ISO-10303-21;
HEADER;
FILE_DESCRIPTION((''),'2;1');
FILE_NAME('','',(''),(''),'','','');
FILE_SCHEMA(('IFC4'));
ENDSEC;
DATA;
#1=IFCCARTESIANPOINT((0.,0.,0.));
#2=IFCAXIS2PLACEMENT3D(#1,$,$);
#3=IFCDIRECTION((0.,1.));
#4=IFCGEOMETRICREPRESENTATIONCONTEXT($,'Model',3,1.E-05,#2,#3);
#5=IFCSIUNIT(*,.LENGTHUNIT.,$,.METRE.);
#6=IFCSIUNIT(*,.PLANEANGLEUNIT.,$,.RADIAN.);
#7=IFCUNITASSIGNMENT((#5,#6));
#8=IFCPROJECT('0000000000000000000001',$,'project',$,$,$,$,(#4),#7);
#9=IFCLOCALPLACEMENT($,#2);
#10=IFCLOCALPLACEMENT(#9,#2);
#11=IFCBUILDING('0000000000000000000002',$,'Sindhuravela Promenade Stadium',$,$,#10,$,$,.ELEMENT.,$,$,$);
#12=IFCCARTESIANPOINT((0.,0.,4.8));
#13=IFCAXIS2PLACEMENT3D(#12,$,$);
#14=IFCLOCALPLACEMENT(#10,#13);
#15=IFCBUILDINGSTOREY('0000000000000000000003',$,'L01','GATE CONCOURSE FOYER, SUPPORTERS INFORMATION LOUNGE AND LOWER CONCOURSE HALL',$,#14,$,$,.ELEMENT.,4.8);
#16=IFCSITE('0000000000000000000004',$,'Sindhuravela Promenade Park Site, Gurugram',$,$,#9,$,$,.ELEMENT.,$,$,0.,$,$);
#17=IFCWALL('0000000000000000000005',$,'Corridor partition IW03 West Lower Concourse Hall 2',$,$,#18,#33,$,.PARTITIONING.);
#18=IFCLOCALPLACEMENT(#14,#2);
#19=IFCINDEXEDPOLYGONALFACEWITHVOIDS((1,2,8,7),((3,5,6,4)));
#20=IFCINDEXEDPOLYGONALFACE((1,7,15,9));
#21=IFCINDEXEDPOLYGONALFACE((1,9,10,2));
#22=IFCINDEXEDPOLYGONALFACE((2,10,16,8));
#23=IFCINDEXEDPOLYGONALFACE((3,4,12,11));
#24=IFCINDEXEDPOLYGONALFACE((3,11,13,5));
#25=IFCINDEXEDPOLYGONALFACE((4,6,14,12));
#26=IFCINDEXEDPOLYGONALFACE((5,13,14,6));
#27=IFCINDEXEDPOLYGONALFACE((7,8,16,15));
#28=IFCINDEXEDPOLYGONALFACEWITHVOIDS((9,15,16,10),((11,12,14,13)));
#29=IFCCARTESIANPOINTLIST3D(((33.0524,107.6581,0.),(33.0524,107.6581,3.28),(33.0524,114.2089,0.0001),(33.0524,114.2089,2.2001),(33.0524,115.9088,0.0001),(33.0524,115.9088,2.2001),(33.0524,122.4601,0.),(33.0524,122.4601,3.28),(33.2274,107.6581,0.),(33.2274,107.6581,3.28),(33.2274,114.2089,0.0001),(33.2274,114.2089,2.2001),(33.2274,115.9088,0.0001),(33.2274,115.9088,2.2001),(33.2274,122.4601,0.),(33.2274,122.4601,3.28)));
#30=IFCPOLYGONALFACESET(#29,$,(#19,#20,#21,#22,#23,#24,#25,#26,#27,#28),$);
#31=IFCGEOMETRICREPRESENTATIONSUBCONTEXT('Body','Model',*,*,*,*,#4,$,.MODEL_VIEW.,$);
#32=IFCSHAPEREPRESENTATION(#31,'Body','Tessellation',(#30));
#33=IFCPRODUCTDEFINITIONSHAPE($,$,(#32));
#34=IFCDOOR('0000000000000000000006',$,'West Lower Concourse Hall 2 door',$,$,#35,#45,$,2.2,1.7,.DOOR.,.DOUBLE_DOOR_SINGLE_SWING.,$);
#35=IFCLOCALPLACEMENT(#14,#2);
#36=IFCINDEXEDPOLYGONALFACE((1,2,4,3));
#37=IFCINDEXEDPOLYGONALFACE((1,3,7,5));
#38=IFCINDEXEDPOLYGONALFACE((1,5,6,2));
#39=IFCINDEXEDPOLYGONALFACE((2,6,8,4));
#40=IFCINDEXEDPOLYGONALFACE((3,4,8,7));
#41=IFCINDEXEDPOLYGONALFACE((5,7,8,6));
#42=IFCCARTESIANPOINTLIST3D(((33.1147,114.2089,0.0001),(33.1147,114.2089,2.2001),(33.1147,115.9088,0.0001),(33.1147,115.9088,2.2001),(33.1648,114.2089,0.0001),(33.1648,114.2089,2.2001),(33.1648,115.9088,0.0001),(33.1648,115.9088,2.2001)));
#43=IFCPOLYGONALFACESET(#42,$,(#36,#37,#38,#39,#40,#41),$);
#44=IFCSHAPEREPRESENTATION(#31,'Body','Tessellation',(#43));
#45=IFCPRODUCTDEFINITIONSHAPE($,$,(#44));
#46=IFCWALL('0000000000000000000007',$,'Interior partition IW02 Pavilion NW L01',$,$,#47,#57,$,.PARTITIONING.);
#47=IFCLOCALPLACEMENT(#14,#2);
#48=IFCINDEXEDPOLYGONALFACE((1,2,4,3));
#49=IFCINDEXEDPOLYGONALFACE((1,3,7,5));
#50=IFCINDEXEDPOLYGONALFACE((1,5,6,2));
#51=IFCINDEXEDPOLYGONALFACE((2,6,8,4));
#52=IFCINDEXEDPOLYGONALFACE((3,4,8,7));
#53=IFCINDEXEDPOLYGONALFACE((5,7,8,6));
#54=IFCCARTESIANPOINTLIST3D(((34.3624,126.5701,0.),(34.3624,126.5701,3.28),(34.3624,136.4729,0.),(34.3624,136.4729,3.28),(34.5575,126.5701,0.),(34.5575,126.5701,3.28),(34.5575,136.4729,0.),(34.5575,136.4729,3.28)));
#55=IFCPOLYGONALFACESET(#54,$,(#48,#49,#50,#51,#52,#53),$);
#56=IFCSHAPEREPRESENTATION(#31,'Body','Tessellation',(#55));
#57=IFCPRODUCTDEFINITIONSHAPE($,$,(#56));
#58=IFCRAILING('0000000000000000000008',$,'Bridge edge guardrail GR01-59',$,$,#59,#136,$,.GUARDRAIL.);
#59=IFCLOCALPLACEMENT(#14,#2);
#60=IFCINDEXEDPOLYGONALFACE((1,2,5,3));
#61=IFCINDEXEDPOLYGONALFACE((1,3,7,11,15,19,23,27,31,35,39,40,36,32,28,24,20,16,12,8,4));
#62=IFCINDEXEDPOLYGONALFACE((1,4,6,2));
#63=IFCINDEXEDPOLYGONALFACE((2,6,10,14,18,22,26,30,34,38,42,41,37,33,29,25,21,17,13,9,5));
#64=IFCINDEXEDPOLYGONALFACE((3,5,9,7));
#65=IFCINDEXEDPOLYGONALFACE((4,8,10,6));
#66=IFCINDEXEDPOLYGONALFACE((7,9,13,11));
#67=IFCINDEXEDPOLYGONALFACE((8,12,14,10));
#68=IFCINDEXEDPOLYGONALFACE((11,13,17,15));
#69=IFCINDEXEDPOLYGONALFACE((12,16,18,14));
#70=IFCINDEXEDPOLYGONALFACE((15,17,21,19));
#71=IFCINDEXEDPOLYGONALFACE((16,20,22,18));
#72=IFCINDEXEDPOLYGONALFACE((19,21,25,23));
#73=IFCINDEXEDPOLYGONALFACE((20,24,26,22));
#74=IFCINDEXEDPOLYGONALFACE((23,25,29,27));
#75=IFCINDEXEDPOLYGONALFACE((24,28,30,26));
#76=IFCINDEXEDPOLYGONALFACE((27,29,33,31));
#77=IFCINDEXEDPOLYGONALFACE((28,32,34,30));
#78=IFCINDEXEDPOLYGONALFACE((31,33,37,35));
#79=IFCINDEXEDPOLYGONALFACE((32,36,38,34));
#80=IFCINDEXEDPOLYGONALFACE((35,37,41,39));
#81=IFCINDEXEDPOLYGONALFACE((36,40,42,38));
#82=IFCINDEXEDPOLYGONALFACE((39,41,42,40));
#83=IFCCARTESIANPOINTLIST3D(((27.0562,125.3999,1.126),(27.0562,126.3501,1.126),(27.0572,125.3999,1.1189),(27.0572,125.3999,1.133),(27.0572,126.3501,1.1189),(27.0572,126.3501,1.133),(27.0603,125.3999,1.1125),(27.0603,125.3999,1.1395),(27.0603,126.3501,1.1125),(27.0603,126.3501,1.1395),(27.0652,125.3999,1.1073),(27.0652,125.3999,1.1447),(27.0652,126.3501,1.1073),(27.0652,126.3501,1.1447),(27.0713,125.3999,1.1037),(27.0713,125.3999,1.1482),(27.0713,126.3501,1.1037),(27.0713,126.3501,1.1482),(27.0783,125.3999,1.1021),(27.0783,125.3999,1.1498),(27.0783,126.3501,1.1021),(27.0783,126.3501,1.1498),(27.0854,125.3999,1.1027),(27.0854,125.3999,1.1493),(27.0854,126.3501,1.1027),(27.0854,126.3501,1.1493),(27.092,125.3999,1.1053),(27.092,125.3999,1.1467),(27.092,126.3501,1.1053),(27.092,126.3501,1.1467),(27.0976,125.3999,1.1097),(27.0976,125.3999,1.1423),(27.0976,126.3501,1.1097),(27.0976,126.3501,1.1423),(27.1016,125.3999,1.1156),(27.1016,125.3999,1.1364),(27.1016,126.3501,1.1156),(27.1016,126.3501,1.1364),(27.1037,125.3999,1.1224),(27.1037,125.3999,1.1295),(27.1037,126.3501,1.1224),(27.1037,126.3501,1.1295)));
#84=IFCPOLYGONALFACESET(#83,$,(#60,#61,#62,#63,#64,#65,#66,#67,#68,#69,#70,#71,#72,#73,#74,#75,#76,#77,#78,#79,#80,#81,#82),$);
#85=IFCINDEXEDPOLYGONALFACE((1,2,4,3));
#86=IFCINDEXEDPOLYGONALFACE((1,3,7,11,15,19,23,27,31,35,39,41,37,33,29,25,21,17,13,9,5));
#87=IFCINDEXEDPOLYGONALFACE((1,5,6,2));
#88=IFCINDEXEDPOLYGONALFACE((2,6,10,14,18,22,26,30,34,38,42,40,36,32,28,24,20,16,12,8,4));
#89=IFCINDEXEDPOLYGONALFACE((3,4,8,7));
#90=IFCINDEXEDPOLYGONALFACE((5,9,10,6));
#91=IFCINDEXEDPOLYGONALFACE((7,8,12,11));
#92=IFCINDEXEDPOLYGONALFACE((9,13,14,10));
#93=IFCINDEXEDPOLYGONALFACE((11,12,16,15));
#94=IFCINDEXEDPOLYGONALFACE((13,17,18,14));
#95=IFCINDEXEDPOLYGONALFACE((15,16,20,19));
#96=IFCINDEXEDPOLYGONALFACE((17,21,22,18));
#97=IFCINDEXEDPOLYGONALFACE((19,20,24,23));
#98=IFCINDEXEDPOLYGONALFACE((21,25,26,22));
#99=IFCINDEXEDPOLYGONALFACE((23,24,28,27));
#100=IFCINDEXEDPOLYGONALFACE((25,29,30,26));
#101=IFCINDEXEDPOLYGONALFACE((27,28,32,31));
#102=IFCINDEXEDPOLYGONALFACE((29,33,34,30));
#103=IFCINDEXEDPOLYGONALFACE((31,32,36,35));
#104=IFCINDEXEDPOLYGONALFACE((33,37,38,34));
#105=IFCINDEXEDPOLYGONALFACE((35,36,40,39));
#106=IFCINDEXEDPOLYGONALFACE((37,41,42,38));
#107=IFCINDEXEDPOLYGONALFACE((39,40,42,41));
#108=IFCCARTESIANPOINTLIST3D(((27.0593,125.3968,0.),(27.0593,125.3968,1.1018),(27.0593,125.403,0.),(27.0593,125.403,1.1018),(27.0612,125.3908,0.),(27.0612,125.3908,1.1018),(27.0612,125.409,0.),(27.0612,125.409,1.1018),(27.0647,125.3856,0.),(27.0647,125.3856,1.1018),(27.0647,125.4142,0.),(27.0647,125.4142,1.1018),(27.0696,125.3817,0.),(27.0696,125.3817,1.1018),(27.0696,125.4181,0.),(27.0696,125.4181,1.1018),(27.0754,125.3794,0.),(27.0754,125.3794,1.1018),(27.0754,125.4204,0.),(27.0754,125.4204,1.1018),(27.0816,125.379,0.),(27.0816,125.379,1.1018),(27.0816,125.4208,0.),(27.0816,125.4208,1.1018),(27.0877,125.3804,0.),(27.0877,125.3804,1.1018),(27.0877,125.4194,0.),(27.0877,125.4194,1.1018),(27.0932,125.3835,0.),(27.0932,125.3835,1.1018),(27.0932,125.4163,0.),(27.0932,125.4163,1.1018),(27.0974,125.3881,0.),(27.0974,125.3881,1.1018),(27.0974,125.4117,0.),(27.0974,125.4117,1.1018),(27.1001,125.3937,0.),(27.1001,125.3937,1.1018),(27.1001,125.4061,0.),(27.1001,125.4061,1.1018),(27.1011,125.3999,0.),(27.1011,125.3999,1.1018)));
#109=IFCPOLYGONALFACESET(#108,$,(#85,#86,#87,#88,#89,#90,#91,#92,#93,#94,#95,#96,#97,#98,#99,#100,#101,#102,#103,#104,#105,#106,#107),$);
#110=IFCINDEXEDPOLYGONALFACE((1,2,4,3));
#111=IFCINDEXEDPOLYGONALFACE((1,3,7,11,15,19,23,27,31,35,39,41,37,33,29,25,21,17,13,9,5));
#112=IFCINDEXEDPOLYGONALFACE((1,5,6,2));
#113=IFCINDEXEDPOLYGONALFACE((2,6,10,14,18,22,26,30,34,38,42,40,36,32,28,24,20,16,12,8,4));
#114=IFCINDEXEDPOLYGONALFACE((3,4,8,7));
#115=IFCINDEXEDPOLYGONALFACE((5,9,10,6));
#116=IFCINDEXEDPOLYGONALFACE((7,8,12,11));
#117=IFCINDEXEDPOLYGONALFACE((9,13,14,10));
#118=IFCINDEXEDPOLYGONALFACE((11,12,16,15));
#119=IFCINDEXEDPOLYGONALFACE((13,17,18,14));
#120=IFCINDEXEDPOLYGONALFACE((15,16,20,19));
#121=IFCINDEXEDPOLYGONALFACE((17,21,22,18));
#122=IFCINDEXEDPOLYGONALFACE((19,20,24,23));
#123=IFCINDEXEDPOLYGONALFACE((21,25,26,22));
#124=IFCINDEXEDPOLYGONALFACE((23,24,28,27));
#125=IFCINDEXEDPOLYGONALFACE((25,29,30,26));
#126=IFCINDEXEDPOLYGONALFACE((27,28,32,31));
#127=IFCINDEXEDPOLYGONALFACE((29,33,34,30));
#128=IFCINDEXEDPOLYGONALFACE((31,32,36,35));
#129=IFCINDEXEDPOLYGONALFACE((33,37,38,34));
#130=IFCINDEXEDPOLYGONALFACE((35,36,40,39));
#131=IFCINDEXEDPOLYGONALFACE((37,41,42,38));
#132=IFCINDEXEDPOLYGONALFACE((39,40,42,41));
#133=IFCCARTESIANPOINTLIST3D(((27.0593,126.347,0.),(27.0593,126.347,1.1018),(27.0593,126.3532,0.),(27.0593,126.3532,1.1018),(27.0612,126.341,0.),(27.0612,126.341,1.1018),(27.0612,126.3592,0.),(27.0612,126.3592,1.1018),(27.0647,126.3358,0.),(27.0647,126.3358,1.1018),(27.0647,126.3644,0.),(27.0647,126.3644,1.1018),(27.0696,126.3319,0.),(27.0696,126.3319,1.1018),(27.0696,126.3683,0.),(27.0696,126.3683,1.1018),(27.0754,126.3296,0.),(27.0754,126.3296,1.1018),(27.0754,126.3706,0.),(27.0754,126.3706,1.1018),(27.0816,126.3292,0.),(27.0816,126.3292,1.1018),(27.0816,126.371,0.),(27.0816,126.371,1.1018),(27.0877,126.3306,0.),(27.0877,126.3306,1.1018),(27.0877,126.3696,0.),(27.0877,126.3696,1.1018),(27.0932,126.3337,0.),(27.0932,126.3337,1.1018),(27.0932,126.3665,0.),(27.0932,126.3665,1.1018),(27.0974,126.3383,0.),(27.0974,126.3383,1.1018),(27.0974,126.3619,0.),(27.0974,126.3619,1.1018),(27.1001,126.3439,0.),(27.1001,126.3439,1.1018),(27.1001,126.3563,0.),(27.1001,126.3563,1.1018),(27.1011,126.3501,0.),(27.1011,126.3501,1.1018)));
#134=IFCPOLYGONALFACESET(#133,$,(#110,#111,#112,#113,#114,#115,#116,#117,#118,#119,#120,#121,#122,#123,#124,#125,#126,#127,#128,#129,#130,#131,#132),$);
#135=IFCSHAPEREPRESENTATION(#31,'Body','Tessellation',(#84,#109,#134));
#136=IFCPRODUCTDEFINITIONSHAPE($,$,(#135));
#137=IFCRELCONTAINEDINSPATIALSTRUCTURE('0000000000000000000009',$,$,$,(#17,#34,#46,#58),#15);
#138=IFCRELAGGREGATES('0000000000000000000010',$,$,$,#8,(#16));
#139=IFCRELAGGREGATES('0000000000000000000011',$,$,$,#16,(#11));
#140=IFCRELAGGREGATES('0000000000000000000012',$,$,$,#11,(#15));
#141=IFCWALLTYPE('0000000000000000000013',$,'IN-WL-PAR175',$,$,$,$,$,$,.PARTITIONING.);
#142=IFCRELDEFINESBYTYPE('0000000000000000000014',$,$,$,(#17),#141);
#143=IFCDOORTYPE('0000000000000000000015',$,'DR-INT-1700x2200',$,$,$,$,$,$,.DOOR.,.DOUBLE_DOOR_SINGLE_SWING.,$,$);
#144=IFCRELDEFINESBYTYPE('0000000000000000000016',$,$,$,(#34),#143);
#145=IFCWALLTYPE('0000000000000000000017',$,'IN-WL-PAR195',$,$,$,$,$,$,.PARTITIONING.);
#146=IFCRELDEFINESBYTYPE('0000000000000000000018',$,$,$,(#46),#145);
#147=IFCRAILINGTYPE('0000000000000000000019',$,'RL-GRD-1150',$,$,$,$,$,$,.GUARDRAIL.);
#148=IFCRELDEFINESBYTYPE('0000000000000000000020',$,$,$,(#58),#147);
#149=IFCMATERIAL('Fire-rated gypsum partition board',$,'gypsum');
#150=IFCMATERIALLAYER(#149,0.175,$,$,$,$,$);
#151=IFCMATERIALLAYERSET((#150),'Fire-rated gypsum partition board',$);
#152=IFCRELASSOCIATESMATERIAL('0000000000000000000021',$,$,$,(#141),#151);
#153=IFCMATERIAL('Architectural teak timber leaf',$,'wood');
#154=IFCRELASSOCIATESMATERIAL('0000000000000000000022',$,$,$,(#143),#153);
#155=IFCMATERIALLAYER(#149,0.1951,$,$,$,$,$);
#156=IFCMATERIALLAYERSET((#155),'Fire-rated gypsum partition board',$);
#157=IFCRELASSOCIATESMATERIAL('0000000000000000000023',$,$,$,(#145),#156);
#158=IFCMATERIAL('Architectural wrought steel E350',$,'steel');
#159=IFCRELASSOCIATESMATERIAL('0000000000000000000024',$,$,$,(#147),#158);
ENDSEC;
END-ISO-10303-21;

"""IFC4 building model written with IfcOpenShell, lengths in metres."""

from ifc_helpers import new_model, si_unit, direction, frame, frame_2d, origin, origin_2d, place, context, subcontext, project, spatial, rectangle, circle, extrude, material, layer, layer_set, type_object, element, fill, save


model = new_model("IFC4")

# Units and contexts
model_context = context("Model", 3, precision=1e-05, world=origin(), true_north=direction((0.0, 1.0)))
body_context = subcontext(model_context, "Body", "Model", "MODEL_VIEW")
ifc_project = project(units=[si_unit("LENGTHUNIT", "METRE"), si_unit("PLANEANGLEUNIT", "RADIAN")], contexts=[model_context])

# Site, building, storey
site_placement = place(None, origin())
site = spatial("IfcSite", under=ifc_project, at=site_placement, Name="Sindhuravela Promenade Park Site, Gurugram", CompositionType="ELEMENT", RefElevation=0.0)
building_placement = place(site_placement, origin())
building = spatial("IfcBuilding", under=site, at=building_placement, Name="Sindhuravela Promenade Stadium", CompositionType="ELEMENT")
storey_placement = place(building_placement, frame((0.0, 0.0, 4.8)))
storey = spatial("IfcBuildingStorey", under=building, at=storey_placement, Name="L01", Description="GATE CONCOURSE FOYER, SUPPORTERS INFORMATION LOUNGE AND LOWER CONCOURSE HALL", CompositionType="ELEMENT", Elevation=4.8)

# Shared definitions
ifc_material_1 = material(Name="Fire-rated gypsum partition board", Category="gypsum")

# Wall, opening, door
ifc_layer_1 = layer(ifc_material_1, 0.175)
ifc_layer_set_1 = layer_set([ifc_layer_1], Name="Fire-rated gypsum partition board")
wall_type_1 = type_object("IfcWallType", Name="IN-WL-PAR175", PredefinedType="PARTITIONING", material=ifc_layer_set_1)
ifc_material_2 = material(Name="Architectural teak timber leaf", Category="wood")
wall_1_placement = place(storey_placement, frame((33.1399, 122.46, 0.0), z_axis=(0.0, 0.0, 1.0), x_axis=(0.0, -1.0, 0.0)))
wall_1 = element("IfcWall", 1, at=wall_1_placement, inside=storey, type_object=wall_type_1, Name="Corridor partition IW03 West Lower Concourse Hall 2", PredefinedType="PARTITIONING", context=body_context, shape_type="SweptSolid", body=[
    extrude(rectangle(XDim=14.802, YDim=0.175, at=frame_2d((7.4009, 0.0))), origin(), (0.0, 0.0, 1.0), 3.28),
])
opening_1_placement = place(wall_1_placement, frame((6.551, 0.0, 0.0)))
opening_1 = element("IfcOpeningElement", 2, at=opening_1_placement, cuts=wall_1, PredefinedType="OPENING", context=body_context, shape_type="SweptSolid", body=[
    extrude(rectangle(XDim=1.7, YDim=2.2, at=frame_2d((0.8501, 1.1001))), frame((0.0, 0.0974, 0.0), z_axis=(0.0, -1.0, 0.0), x_axis=(1.0, 0.0, 0.0)), (0.0, 0.0, 1.0), 0.1951),
])
door_type_1 = type_object("IfcDoorType", Name="DR-INT-1700x2200", OperationType="DOUBLE_DOOR_SINGLE_SWING", PredefinedType="DOOR", material=ifc_material_2)
door_1_placement = place(opening_1_placement, origin())
door_1 = element("IfcDoor", 3, at=door_1_placement, inside=storey, type_object=door_type_1, Name="West Lower Concourse Hall 2 door", OperationType="DOUBLE_DOOR_SINGLE_SWING", OverallHeight=2.2, OverallWidth=1.7, PredefinedType="DOOR", context=body_context, shape_type="SweptSolid", body=[
    extrude(rectangle(XDim=1.7, YDim=2.2, at=frame_2d((0.8501, 1.1001))), frame((0.0, 0.0249, 0.0), z_axis=(0.0, -1.0, 0.0), x_axis=(1.0, 0.0, 0.0)), (0.0, 0.0, 1.0), 0.05),
])
fill(opening_1, door_1)

# Wall
ifc_layer_2 = layer(ifc_material_1, 0.1951)
ifc_layer_set_2 = layer_set([ifc_layer_2], Name="Fire-rated gypsum partition board")
wall_type_2 = type_object("IfcWallType", Name="IN-WL-PAR195", PredefinedType="PARTITIONING", material=ifc_layer_set_2)
wall_2_placement = place(storey_placement, frame((34.46, 126.5701, 0.0), z_axis=(0.0, 0.0, 1.0), x_axis=(0.0, 1.0, 0.0)))
element("IfcWall", 4, at=wall_2_placement, inside=storey, type_object=wall_type_2, Name="Interior partition IW02 Pavilion NW L01", PredefinedType="PARTITIONING", context=body_context, shape_type="SweptSolid", body=[
    extrude(rectangle(XDim=9.9028, YDim=0.1951, at=frame_2d((4.9514, 0.0))), origin(), (0.0, 0.0, 1.0), 3.28),
])

# Railing
ifc_material_3 = material(Name="Architectural wrought steel E350", Category="steel")
railing_type = type_object("IfcRailingType", Name="RL-GRD-1150", PredefinedType="GUARDRAIL", material=ifc_material_3)
for number, where, name in (
    (5, (27.0801, 125.3999, 0.0), "Bridge edge guardrail GR01-59"),
):
    element("IfcRailing", number, at=place(storey_placement, frame(where)), inside=storey, type_object=railing_type, Name=name, PredefinedType="GUARDRAIL", context=body_context, shape_type="SweptSolid", body=[
        extrude(circle(Radius=0.0239, at=origin_2d()), frame((0.0, 0.0, 1.126), z_axis=(0.0, 1.0, 0.0), x_axis=(-1.0, 0.0, 0.0)), (0.0, 0.0, 1.0), 0.9502),
        extrude(circle(Radius=0.021, at=origin_2d()), origin(), (0.0, 0.0, 1.0), 1.1018),
        extrude(circle(Radius=0.021, at=origin_2d()), frame((0.0, 0.9502, 0.0)), (0.0, 0.0, 1.0), 1.1018),
    ])

save(model, "model.ifc")
